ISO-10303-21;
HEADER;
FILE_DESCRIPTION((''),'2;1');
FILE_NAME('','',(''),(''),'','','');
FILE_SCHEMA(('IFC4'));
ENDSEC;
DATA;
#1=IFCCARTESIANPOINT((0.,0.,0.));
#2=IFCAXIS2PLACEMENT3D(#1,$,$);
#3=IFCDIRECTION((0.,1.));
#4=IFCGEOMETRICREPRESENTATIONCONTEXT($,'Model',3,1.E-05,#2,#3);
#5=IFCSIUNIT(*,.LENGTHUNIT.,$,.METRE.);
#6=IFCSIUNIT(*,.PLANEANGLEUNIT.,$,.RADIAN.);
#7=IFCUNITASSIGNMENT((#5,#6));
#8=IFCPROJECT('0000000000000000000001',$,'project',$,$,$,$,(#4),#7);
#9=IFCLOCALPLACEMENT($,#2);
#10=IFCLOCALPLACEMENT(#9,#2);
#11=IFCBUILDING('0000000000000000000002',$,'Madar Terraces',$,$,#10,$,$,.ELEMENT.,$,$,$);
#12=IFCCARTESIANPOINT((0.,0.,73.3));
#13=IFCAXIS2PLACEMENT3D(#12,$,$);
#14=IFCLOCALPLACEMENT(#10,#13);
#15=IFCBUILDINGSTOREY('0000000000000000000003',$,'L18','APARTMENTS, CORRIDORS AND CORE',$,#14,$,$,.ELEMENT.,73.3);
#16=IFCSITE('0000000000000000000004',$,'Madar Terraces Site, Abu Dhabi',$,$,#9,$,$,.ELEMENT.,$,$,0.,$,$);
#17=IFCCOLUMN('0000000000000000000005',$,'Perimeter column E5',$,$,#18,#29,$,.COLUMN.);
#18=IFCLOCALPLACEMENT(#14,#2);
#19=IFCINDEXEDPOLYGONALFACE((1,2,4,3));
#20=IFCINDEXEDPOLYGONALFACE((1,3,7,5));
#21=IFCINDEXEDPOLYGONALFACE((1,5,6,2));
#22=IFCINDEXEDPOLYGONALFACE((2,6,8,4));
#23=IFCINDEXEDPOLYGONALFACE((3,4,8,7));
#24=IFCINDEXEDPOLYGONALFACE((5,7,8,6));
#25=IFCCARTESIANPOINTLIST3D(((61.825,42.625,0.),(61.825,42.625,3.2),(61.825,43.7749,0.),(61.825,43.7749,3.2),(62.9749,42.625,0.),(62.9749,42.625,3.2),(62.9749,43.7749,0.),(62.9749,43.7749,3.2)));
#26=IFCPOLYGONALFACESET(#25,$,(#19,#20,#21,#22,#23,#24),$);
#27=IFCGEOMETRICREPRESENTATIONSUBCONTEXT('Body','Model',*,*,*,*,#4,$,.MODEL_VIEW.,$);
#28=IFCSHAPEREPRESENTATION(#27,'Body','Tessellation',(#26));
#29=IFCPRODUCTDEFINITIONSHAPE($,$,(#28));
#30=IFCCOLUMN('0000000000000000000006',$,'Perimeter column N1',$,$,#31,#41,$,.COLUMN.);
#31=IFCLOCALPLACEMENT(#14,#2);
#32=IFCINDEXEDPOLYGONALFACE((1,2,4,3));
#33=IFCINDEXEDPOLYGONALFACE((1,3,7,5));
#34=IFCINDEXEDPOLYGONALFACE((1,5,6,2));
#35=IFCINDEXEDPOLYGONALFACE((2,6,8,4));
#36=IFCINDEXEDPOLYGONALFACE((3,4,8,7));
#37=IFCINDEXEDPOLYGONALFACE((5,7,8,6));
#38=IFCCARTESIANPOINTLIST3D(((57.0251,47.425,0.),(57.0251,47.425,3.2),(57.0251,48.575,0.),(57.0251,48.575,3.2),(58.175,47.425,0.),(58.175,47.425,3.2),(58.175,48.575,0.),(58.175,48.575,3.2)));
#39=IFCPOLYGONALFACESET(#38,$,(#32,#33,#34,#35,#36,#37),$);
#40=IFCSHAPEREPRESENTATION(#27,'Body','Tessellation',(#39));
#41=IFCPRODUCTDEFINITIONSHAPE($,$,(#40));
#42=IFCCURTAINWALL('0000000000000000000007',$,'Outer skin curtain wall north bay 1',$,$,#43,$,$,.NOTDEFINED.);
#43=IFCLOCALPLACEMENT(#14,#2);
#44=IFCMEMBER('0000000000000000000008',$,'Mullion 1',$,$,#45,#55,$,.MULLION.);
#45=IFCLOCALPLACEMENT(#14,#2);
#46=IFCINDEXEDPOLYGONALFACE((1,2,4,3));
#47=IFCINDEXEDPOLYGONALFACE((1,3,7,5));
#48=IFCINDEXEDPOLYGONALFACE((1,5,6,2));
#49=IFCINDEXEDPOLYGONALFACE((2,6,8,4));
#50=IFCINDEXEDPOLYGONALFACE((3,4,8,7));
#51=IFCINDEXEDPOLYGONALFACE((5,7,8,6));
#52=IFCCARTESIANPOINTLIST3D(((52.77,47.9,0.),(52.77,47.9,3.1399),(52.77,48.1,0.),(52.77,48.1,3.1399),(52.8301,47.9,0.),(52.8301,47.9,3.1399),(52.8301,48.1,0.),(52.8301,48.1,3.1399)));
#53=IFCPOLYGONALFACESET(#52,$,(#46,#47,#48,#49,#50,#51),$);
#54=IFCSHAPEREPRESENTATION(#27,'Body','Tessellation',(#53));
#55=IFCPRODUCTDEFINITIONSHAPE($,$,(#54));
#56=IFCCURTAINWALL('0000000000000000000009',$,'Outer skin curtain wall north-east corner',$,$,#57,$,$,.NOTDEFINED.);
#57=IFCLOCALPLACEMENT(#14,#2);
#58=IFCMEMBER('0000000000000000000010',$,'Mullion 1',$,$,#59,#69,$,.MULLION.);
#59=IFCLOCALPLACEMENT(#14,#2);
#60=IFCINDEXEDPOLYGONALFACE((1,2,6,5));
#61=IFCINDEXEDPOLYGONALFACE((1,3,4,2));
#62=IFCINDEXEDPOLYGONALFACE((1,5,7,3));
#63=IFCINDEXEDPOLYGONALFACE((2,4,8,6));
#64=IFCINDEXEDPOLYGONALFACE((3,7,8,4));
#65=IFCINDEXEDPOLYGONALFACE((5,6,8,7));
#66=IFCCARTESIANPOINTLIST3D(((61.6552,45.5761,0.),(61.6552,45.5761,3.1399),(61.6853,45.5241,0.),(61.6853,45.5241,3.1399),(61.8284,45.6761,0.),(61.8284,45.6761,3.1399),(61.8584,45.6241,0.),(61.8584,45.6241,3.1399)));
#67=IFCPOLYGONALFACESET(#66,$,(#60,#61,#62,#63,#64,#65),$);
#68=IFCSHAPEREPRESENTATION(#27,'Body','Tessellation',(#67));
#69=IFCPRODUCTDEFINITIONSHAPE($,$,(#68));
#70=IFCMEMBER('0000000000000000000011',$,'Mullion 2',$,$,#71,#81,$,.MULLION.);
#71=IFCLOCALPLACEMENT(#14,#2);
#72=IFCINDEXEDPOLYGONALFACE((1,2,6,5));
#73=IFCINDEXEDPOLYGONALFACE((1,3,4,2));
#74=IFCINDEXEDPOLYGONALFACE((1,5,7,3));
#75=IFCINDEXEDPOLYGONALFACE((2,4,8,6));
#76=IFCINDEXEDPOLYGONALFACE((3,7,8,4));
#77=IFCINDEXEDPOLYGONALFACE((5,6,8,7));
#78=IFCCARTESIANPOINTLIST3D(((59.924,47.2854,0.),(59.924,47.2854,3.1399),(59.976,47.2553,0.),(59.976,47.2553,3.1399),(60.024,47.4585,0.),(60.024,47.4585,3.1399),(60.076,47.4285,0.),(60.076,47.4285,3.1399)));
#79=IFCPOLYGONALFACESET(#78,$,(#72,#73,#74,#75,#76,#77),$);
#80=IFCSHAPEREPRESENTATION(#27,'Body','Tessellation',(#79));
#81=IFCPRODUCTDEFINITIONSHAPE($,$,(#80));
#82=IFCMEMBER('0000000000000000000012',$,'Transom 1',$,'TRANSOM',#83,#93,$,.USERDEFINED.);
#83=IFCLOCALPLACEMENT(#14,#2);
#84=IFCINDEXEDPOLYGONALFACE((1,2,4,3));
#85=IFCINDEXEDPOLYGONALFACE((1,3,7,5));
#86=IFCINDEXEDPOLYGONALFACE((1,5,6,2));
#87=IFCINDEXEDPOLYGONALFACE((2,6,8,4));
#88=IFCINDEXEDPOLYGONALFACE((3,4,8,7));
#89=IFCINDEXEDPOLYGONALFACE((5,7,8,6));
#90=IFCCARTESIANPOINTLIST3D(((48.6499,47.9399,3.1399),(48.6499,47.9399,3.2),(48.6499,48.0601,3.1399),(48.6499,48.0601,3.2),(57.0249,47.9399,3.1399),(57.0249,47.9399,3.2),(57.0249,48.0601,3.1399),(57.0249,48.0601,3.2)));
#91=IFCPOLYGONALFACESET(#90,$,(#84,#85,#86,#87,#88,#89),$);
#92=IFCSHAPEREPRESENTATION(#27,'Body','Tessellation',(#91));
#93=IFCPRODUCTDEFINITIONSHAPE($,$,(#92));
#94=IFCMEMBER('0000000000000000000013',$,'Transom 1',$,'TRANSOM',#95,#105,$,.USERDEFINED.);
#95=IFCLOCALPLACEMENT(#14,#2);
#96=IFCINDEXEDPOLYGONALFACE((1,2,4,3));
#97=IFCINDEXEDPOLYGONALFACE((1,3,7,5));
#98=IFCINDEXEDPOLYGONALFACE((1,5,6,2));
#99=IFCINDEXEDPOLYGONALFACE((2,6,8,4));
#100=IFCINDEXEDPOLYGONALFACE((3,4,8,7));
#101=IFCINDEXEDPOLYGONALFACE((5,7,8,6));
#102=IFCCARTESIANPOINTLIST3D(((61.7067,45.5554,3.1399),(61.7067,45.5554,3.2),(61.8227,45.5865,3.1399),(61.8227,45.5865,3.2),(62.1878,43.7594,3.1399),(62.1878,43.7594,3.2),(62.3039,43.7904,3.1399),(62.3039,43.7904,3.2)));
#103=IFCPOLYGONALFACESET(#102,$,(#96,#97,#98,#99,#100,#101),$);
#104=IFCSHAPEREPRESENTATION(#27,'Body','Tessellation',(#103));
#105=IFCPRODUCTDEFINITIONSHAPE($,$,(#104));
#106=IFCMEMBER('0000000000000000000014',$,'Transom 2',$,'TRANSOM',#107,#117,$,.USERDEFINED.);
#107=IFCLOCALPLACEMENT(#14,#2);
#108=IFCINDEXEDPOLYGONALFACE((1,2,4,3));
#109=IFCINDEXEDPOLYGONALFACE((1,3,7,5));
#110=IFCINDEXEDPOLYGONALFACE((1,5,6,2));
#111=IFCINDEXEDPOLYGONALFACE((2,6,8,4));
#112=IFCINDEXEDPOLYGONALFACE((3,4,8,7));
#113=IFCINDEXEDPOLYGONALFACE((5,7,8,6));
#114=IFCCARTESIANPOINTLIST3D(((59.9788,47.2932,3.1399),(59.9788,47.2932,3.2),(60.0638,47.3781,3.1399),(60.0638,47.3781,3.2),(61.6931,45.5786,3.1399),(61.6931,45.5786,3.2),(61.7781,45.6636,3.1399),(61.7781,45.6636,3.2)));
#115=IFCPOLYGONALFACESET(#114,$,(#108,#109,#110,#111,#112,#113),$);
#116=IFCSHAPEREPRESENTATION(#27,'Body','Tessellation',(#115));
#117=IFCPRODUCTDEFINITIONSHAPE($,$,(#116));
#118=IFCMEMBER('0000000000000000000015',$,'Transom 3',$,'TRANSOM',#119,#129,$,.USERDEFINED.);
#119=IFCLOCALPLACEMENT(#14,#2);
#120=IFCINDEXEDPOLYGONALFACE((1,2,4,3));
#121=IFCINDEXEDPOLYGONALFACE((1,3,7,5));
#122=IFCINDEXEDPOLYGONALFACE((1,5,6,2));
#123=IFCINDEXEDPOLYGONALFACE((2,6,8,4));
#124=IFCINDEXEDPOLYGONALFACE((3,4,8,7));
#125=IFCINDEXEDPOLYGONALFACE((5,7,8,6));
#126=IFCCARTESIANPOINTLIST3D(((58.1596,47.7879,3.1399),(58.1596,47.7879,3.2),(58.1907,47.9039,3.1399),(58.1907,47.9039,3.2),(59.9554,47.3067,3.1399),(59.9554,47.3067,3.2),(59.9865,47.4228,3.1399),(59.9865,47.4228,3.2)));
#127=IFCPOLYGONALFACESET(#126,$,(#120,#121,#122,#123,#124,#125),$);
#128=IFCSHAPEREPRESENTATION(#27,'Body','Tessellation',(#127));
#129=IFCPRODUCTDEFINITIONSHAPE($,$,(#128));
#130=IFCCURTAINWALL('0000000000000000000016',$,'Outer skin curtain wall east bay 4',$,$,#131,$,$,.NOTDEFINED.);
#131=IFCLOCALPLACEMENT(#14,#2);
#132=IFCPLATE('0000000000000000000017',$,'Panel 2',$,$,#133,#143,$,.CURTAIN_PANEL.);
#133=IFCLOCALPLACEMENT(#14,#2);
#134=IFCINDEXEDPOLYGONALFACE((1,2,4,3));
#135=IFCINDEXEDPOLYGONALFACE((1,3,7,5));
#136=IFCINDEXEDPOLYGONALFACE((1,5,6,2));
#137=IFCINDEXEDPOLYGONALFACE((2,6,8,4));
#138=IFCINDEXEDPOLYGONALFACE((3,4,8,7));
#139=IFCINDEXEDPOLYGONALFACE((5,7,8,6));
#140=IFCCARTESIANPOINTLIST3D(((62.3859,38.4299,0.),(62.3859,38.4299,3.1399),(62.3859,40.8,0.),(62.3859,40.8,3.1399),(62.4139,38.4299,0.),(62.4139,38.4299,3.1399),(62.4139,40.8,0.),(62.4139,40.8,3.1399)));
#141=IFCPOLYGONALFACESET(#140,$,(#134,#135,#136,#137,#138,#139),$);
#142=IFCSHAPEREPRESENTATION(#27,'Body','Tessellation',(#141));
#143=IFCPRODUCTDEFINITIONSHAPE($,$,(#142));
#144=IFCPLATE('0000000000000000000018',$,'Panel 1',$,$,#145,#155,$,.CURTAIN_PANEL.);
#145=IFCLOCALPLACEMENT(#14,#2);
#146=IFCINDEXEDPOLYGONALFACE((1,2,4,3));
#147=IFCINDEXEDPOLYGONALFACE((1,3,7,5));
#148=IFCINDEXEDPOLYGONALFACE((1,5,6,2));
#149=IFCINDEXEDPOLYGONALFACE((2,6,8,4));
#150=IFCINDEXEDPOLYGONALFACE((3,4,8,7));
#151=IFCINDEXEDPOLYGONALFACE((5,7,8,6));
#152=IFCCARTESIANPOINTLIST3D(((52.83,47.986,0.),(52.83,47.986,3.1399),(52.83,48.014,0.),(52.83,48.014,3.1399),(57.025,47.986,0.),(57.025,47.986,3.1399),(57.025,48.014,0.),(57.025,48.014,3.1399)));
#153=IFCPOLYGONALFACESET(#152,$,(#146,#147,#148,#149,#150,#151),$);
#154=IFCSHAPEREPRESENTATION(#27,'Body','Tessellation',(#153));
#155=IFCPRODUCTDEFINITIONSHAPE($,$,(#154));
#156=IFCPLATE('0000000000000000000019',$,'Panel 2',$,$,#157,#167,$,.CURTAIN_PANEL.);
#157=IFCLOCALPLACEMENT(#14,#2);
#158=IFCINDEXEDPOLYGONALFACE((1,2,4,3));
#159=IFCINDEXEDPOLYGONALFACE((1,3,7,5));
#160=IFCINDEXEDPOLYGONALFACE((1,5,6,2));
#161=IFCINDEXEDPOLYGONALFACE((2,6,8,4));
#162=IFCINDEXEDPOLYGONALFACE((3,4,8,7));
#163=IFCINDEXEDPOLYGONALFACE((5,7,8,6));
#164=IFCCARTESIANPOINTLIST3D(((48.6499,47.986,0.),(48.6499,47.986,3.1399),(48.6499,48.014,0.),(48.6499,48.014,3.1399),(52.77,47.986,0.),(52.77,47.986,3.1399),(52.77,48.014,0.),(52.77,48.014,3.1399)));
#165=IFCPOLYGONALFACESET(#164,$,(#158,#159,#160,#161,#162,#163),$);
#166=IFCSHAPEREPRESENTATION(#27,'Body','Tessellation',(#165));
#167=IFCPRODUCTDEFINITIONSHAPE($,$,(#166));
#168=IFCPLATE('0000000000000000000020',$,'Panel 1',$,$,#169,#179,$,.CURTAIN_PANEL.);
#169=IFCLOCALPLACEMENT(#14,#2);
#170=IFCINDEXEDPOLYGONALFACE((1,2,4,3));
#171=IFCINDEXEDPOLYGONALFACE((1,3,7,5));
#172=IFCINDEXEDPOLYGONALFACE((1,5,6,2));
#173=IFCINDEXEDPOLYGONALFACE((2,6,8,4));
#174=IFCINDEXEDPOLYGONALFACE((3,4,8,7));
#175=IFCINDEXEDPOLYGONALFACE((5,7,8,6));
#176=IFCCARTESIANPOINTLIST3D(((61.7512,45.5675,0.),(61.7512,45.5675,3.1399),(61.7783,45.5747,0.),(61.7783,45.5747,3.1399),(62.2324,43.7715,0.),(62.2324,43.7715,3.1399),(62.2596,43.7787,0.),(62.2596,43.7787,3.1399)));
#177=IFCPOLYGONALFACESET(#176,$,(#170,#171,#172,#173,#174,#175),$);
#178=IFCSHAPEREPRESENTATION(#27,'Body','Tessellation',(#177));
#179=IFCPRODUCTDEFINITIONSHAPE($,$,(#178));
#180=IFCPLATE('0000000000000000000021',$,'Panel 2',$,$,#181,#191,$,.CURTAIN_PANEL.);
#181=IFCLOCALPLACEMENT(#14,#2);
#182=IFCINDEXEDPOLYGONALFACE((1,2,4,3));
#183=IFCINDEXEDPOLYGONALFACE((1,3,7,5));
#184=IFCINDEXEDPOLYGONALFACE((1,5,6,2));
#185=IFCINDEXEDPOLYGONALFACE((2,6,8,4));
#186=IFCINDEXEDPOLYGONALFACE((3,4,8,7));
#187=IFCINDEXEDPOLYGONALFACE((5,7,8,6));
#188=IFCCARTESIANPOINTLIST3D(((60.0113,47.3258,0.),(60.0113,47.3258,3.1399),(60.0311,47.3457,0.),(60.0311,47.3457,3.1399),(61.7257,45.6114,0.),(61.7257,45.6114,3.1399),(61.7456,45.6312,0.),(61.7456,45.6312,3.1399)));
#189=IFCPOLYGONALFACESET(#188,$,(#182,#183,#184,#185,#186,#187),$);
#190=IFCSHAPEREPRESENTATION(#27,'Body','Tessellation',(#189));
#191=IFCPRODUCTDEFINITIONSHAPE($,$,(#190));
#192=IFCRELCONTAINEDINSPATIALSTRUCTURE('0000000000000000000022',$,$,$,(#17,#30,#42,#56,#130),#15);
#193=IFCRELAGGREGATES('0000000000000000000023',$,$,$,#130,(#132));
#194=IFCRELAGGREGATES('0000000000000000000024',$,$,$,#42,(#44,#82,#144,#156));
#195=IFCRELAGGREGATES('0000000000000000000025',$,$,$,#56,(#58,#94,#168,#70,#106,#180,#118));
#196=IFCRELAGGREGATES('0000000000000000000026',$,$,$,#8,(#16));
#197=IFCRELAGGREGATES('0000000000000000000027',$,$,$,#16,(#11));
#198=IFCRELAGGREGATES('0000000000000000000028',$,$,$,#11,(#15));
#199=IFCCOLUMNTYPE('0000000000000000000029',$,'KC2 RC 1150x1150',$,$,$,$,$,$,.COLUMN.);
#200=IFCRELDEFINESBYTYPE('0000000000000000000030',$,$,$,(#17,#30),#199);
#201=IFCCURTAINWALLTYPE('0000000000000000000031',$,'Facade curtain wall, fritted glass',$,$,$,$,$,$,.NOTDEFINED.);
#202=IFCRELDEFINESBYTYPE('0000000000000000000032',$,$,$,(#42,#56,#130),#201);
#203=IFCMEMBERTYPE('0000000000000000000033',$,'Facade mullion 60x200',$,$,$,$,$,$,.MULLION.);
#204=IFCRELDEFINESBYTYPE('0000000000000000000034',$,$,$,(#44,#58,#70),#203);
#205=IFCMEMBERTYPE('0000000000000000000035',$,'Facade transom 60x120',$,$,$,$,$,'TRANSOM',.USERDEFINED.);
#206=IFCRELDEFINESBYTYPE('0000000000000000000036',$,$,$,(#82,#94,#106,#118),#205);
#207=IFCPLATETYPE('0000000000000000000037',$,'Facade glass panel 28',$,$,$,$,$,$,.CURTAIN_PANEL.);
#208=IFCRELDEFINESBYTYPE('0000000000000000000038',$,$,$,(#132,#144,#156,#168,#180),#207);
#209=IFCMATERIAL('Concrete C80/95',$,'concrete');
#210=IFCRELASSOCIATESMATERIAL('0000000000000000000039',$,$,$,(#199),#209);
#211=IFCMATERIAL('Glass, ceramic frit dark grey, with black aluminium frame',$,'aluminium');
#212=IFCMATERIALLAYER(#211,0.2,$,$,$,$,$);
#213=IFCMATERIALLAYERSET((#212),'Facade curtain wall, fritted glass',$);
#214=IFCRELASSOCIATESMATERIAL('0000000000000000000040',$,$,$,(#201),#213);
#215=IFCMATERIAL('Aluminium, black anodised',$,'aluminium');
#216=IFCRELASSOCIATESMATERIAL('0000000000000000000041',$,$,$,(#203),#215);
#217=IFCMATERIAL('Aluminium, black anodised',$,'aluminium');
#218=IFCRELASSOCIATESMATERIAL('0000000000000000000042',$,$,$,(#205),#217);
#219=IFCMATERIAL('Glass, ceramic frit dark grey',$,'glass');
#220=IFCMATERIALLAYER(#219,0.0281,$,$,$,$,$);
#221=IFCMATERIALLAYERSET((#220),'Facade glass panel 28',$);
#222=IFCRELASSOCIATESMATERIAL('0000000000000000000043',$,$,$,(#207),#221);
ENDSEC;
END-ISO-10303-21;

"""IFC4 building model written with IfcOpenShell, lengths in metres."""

from ifc_helpers import new_model, si_unit, direction, frame, origin, origin_2d, place, context, subcontext, project, spatial, rectangle, extrude, material, layer, layer_set, material_profile, profile_set, type_object, element, aggregate, save


model = new_model("IFC4")

# Units and contexts
model_context = context("Model", 3, precision=1e-05, world=origin(), true_north=direction((0.0, 1.0)))
body_context = subcontext(model_context, "Body", "Model", "MODEL_VIEW")
ifc_project = project(units=[si_unit("LENGTHUNIT", "METRE"), si_unit("PLANEANGLEUNIT", "RADIAN")], contexts=[model_context])

# Site, building, storey
site_placement = place(None, origin())
site = spatial("IfcSite", under=ifc_project, at=site_placement, Name="Madar Terraces Site, Abu Dhabi", CompositionType="ELEMENT", RefElevation=0.0)
building_placement = place(site_placement, origin())
building = spatial("IfcBuilding", under=site, at=building_placement, Name="Madar Terraces", CompositionType="ELEMENT")
storey_placement = place(building_placement, frame((0.0, 0.0, 73.3)))
storey = spatial("IfcBuildingStorey", under=building, at=storey_placement, Name="L18", Description="APARTMENTS, CORRIDORS AND CORE", CompositionType="ELEMENT", Elevation=73.3)

# Columns
ifc_material_1 = material(Name="Concrete C80/95", Category="concrete")
ifc_material_profile_1 = material_profile(ifc_material_1, rectangle(XDim=1.1499, YDim=1.1499, at=origin_2d()), Name="KC2 RC 1150x1150")
ifc_profile_set_1 = profile_set([ifc_material_profile_1], Name="Concrete C80/95")
column_type = type_object("IfcColumnType", Name="KC2 RC 1150x1150", PredefinedType="COLUMN", material=ifc_profile_set_1)
for number, where, z_axis, x_axis, name in (
    (1, (62.3999, 43.2, 0.0), (0.0, 0.0, 1.0), (1.0, 0.0, 0.0), "Perimeter column E5"),
    (2, (57.6001, 48.0, 0.0), (0.0, 0.0, 1.0), (1.0, 0.0, 0.0), "Perimeter column N1"),
):
    element("IfcColumn", number, at=place(storey_placement, frame(where, z_axis=z_axis, x_axis=x_axis)), inside=storey, type_object=column_type, Name=name, PredefinedType="COLUMN", context=body_context, shape_type="SweptSolid", body=[
        extrude(rectangle(XDim=1.1499, YDim=1.1499, at=origin_2d()), origin(), (0.0, 0.0, 1.0), 3.2),
    ])

# Curtain wall, member
ifc_material_2 = material(Name="Glass, ceramic frit dark grey, with black aluminium frame", Category="aluminium")
ifc_layer_1 = layer(ifc_material_2, 0.2)
ifc_layer_set_1 = layer_set([ifc_layer_1], Name="Facade curtain wall, fritted glass")
curtain_wall_type = type_object("IfcCurtainWallType", Name="Facade curtain wall, fritted glass", PredefinedType="NOTDEFINED", material=ifc_layer_set_1)
curtain_wall_1_placement = place(storey_placement, origin())
curtain_wall_1 = element("IfcCurtainWall", 3, at=curtain_wall_1_placement, inside=storey, type_object=curtain_wall_type, Name="Outer skin curtain wall north bay 1", PredefinedType="NOTDEFINED")
ifc_material_3 = material(Name="Aluminium, black anodised", Category="aluminium")
ifc_material_profile_2 = material_profile(ifc_material_3, rectangle(XDim=0.2, YDim=0.0601, at=origin_2d()), Name="Facade mullion 60x200")
ifc_profile_set_2 = profile_set([ifc_material_profile_2], Name="Aluminium, black anodised")
member_type_1 = type_object("IfcMemberType", Name="Facade mullion 60x200", PredefinedType="MULLION", material=ifc_profile_set_2)
member_1_placement = place(storey_placement, frame((52.8, 48.0, 0.0), z_axis=(0.0, 0.0, 1.0), x_axis=(0.0, -1.0, 0.0)))
member_1 = element("IfcMember", 4, at=member_1_placement, type_object=member_type_1, Name="Mullion 1", PredefinedType="MULLION", context=body_context, shape_type="SweptSolid", body=[
    extrude(rectangle(XDim=0.2, YDim=0.0601, at=origin_2d()), origin(), (0.0, 0.0, 1.0), 3.1399),
])

# Curtain wall, members
curtain_wall_2_placement = place(storey_placement, origin())
curtain_wall_2 = element("IfcCurtainWall", 5, at=curtain_wall_2_placement, inside=storey, type_object=curtain_wall_type, Name="Outer skin curtain wall north-east corner", PredefinedType="NOTDEFINED")
member_2_placement = place(storey_placement, frame((61.7568, 45.6001, 0.0), z_axis=(0.0, 0.0, 1.0), x_axis=(-0.866025, -0.5, 0.0)))
member_2 = element("IfcMember", 6, at=member_2_placement, type_object=member_type_1, Name="Mullion 1", PredefinedType="MULLION", context=body_context, shape_type="SweptSolid", body=[
    extrude(rectangle(XDim=0.2, YDim=0.0601, at=origin_2d()), origin(), (0.0, 0.0, 1.0), 3.1399),
])
member_3_placement = place(storey_placement, frame((60.0, 47.3569, 0.0), z_axis=(0.0, 0.0, 1.0), x_axis=(-0.5, -0.866025, 0.0)))
member_3 = element("IfcMember", 7, at=member_3_placement, type_object=member_type_1, Name="Mullion 2", PredefinedType="MULLION", context=body_context, shape_type="SweptSolid", body=[
    extrude(rectangle(XDim=0.2, YDim=0.0601, at=origin_2d()), origin(), (0.0, 0.0, 1.0), 3.1399),
])

# Members
ifc_material_4 = material(Name="Aluminium, black anodised", Category="aluminium")
ifc_material_profile_3 = material_profile(ifc_material_4, rectangle(XDim=0.1201, YDim=0.0601, at=origin_2d()), Name="Facade transom 60x120")
ifc_profile_set_3 = profile_set([ifc_material_profile_3], Name="Aluminium, black anodised")
member_type_2 = type_object("IfcMemberType", Name="Facade transom 60x120", ElementType="TRANSOM", PredefinedType="USERDEFINED", material=ifc_profile_set_3)
member_4_placement = place(storey_placement, frame((57.0249, 48.0, 3.1699), z_axis=(-1.0, 0.0, 0.0), x_axis=(0.0, -1.0, 0.0)))
member_4 = element("IfcMember", 8, at=member_4_placement, type_object=member_type_2, Name="Transom 1", ObjectType="TRANSOM", PredefinedType="USERDEFINED", context=body_context, shape_type="SweptSolid", body=[
    extrude(rectangle(XDim=0.1201, YDim=0.0601, at=origin_2d()), origin(), (0.0, 0.0, 1.0), 8.375),
])
member_5_placement = place(storey_placement, frame((62.2458, 43.7749, 3.1699), z_axis=(-0.258782, 0.965936, 0.0), x_axis=(-0.965936, -0.258782, 0.0)))
member_5 = element("IfcMember", 9, at=member_5_placement, type_object=member_type_2, Name="Transom 1", ObjectType="TRANSOM", PredefinedType="USERDEFINED", context=body_context, shape_type="SweptSolid", body=[
    extrude(rectangle(XDim=0.1201, YDim=0.0601, at=origin_2d()), origin(), (0.0, 0.0, 1.0), 1.8594),
])
member_6_placement = place(storey_placement, frame((61.7356, 45.6211, 3.1699), z_axis=(-0.707056, 0.707157, 0.0), x_axis=(-0.707157, -0.707056, 0.0)))
member_6 = element("IfcMember", 10, at=member_6_placement, type_object=member_type_2, Name="Transom 2", ObjectType="TRANSOM", PredefinedType="USERDEFINED", context=body_context, shape_type="SweptSolid", body=[
    extrude(rectangle(XDim=0.1201, YDim=0.0601, at=origin_2d()), origin(), (0.0, 0.0, 1.0), 2.4246),
])
member_7_placement = place(storey_placement, frame((59.9709, 47.3647, 3.1699), z_axis=(-0.965927, 0.258815, 0.0), x_axis=(-0.258815, -0.965927, 0.0)))
member_7 = element("IfcMember", 11, at=member_7_placement, type_object=member_type_2, Name="Transom 3", ObjectType="TRANSOM", PredefinedType="USERDEFINED", context=body_context, shape_type="SweptSolid", body=[
    extrude(rectangle(XDim=0.1201, YDim=0.0601, at=origin_2d()), origin(), (0.0, 0.0, 1.0), 1.8591),
])

# Curtain wall, plate
curtain_wall_3_placement = place(storey_placement, origin())
curtain_wall_3 = element("IfcCurtainWall", 12, at=curtain_wall_3_placement, inside=storey, type_object=curtain_wall_type, Name="Outer skin curtain wall east bay 4", PredefinedType="NOTDEFINED")
ifc_material_5 = material(Name="Glass, ceramic frit dark grey", Category="glass")
ifc_layer_2 = layer(ifc_material_5, 0.0281)
ifc_layer_set_2 = layer_set([ifc_layer_2], Name="Facade glass panel 28")
plate_type = type_object("IfcPlateType", Name="Facade glass panel 28", PredefinedType="CURTAIN_PANEL", material=ifc_layer_set_2)
plate_1_placement = place(storey_placement, frame((62.3999, 39.615, 0.0), z_axis=(0.0, 0.0, 1.0), x_axis=(0.0, 1.0, 0.0)))
plate_1 = element("IfcPlate", 13, at=plate_1_placement, type_object=plate_type, Name="Panel 2", PredefinedType="CURTAIN_PANEL", context=body_context, shape_type="SweptSolid", body=[
    extrude(rectangle(XDim=2.3701, YDim=0.0281, at=origin_2d()), origin(), (0.0, 0.0, 1.0), 3.1399),
])
aggregate(curtain_wall_3, [plate_1])

# Plates
plate_2_placement = place(storey_placement, frame((54.9275, 48.0, 0.0), z_axis=(0.0, 0.0, 1.0), x_axis=(-1.0, 0.0, 0.0)))
plate_2 = element("IfcPlate", 14, at=plate_2_placement, type_object=plate_type, Name="Panel 1", PredefinedType="CURTAIN_PANEL", context=body_context, shape_type="SweptSolid", body=[
    extrude(rectangle(XDim=4.1951, YDim=0.0281, at=origin_2d()), origin(), (0.0, 0.0, 1.0), 3.1399),
])
plate_3_placement = place(storey_placement, frame((50.71, 48.0, 0.0), z_axis=(0.0, 0.0, 1.0), x_axis=(-1.0, 0.0, 0.0)))
plate_3 = element("IfcPlate", 15, at=plate_3_placement, type_object=plate_type, Name="Panel 2", PredefinedType="CURTAIN_PANEL", context=body_context, shape_type="SweptSolid", body=[
    extrude(rectangle(XDim=4.1201, YDim=0.0281, at=origin_2d()), origin(), (0.0, 0.0, 1.0), 3.1399),
])
aggregate(curtain_wall_1, [member_1, member_4, plate_2, plate_3])
plate_4_placement = place(storey_placement, frame((62.0054, 44.6731, 0.0), z_axis=(0.0, 0.0, 1.0), x_axis=(-0.258819, 0.965926, 0.0)))
plate_4 = element("IfcPlate", 16, at=plate_4_placement, type_object=plate_type, Name="Panel 1", PredefinedType="CURTAIN_PANEL", context=body_context, shape_type="SweptSolid", body=[
    extrude(rectangle(XDim=1.8594, YDim=0.0281, at=origin_2d()), origin(), (0.0, 0.0, 1.0), 3.1399),
])
plate_5_placement = place(storey_placement, frame((60.8784, 46.4785, 0.0), z_axis=(0.0, 0.0, 1.0), x_axis=(-0.707107, 0.707107, 0.0)))
plate_5 = element("IfcPlate", 17, at=plate_5_placement, type_object=plate_type, Name="Panel 2", PredefinedType="CURTAIN_PANEL", context=body_context, shape_type="SweptSolid", body=[
    extrude(rectangle(XDim=2.4246, YDim=0.0281, at=origin_2d()), origin(), (0.0, 0.0, 1.0), 3.1399),
])
aggregate(curtain_wall_2, [member_2, member_5, plate_4, member_3, member_6, plate_5, member_7])

save(model, "model.ifc")
